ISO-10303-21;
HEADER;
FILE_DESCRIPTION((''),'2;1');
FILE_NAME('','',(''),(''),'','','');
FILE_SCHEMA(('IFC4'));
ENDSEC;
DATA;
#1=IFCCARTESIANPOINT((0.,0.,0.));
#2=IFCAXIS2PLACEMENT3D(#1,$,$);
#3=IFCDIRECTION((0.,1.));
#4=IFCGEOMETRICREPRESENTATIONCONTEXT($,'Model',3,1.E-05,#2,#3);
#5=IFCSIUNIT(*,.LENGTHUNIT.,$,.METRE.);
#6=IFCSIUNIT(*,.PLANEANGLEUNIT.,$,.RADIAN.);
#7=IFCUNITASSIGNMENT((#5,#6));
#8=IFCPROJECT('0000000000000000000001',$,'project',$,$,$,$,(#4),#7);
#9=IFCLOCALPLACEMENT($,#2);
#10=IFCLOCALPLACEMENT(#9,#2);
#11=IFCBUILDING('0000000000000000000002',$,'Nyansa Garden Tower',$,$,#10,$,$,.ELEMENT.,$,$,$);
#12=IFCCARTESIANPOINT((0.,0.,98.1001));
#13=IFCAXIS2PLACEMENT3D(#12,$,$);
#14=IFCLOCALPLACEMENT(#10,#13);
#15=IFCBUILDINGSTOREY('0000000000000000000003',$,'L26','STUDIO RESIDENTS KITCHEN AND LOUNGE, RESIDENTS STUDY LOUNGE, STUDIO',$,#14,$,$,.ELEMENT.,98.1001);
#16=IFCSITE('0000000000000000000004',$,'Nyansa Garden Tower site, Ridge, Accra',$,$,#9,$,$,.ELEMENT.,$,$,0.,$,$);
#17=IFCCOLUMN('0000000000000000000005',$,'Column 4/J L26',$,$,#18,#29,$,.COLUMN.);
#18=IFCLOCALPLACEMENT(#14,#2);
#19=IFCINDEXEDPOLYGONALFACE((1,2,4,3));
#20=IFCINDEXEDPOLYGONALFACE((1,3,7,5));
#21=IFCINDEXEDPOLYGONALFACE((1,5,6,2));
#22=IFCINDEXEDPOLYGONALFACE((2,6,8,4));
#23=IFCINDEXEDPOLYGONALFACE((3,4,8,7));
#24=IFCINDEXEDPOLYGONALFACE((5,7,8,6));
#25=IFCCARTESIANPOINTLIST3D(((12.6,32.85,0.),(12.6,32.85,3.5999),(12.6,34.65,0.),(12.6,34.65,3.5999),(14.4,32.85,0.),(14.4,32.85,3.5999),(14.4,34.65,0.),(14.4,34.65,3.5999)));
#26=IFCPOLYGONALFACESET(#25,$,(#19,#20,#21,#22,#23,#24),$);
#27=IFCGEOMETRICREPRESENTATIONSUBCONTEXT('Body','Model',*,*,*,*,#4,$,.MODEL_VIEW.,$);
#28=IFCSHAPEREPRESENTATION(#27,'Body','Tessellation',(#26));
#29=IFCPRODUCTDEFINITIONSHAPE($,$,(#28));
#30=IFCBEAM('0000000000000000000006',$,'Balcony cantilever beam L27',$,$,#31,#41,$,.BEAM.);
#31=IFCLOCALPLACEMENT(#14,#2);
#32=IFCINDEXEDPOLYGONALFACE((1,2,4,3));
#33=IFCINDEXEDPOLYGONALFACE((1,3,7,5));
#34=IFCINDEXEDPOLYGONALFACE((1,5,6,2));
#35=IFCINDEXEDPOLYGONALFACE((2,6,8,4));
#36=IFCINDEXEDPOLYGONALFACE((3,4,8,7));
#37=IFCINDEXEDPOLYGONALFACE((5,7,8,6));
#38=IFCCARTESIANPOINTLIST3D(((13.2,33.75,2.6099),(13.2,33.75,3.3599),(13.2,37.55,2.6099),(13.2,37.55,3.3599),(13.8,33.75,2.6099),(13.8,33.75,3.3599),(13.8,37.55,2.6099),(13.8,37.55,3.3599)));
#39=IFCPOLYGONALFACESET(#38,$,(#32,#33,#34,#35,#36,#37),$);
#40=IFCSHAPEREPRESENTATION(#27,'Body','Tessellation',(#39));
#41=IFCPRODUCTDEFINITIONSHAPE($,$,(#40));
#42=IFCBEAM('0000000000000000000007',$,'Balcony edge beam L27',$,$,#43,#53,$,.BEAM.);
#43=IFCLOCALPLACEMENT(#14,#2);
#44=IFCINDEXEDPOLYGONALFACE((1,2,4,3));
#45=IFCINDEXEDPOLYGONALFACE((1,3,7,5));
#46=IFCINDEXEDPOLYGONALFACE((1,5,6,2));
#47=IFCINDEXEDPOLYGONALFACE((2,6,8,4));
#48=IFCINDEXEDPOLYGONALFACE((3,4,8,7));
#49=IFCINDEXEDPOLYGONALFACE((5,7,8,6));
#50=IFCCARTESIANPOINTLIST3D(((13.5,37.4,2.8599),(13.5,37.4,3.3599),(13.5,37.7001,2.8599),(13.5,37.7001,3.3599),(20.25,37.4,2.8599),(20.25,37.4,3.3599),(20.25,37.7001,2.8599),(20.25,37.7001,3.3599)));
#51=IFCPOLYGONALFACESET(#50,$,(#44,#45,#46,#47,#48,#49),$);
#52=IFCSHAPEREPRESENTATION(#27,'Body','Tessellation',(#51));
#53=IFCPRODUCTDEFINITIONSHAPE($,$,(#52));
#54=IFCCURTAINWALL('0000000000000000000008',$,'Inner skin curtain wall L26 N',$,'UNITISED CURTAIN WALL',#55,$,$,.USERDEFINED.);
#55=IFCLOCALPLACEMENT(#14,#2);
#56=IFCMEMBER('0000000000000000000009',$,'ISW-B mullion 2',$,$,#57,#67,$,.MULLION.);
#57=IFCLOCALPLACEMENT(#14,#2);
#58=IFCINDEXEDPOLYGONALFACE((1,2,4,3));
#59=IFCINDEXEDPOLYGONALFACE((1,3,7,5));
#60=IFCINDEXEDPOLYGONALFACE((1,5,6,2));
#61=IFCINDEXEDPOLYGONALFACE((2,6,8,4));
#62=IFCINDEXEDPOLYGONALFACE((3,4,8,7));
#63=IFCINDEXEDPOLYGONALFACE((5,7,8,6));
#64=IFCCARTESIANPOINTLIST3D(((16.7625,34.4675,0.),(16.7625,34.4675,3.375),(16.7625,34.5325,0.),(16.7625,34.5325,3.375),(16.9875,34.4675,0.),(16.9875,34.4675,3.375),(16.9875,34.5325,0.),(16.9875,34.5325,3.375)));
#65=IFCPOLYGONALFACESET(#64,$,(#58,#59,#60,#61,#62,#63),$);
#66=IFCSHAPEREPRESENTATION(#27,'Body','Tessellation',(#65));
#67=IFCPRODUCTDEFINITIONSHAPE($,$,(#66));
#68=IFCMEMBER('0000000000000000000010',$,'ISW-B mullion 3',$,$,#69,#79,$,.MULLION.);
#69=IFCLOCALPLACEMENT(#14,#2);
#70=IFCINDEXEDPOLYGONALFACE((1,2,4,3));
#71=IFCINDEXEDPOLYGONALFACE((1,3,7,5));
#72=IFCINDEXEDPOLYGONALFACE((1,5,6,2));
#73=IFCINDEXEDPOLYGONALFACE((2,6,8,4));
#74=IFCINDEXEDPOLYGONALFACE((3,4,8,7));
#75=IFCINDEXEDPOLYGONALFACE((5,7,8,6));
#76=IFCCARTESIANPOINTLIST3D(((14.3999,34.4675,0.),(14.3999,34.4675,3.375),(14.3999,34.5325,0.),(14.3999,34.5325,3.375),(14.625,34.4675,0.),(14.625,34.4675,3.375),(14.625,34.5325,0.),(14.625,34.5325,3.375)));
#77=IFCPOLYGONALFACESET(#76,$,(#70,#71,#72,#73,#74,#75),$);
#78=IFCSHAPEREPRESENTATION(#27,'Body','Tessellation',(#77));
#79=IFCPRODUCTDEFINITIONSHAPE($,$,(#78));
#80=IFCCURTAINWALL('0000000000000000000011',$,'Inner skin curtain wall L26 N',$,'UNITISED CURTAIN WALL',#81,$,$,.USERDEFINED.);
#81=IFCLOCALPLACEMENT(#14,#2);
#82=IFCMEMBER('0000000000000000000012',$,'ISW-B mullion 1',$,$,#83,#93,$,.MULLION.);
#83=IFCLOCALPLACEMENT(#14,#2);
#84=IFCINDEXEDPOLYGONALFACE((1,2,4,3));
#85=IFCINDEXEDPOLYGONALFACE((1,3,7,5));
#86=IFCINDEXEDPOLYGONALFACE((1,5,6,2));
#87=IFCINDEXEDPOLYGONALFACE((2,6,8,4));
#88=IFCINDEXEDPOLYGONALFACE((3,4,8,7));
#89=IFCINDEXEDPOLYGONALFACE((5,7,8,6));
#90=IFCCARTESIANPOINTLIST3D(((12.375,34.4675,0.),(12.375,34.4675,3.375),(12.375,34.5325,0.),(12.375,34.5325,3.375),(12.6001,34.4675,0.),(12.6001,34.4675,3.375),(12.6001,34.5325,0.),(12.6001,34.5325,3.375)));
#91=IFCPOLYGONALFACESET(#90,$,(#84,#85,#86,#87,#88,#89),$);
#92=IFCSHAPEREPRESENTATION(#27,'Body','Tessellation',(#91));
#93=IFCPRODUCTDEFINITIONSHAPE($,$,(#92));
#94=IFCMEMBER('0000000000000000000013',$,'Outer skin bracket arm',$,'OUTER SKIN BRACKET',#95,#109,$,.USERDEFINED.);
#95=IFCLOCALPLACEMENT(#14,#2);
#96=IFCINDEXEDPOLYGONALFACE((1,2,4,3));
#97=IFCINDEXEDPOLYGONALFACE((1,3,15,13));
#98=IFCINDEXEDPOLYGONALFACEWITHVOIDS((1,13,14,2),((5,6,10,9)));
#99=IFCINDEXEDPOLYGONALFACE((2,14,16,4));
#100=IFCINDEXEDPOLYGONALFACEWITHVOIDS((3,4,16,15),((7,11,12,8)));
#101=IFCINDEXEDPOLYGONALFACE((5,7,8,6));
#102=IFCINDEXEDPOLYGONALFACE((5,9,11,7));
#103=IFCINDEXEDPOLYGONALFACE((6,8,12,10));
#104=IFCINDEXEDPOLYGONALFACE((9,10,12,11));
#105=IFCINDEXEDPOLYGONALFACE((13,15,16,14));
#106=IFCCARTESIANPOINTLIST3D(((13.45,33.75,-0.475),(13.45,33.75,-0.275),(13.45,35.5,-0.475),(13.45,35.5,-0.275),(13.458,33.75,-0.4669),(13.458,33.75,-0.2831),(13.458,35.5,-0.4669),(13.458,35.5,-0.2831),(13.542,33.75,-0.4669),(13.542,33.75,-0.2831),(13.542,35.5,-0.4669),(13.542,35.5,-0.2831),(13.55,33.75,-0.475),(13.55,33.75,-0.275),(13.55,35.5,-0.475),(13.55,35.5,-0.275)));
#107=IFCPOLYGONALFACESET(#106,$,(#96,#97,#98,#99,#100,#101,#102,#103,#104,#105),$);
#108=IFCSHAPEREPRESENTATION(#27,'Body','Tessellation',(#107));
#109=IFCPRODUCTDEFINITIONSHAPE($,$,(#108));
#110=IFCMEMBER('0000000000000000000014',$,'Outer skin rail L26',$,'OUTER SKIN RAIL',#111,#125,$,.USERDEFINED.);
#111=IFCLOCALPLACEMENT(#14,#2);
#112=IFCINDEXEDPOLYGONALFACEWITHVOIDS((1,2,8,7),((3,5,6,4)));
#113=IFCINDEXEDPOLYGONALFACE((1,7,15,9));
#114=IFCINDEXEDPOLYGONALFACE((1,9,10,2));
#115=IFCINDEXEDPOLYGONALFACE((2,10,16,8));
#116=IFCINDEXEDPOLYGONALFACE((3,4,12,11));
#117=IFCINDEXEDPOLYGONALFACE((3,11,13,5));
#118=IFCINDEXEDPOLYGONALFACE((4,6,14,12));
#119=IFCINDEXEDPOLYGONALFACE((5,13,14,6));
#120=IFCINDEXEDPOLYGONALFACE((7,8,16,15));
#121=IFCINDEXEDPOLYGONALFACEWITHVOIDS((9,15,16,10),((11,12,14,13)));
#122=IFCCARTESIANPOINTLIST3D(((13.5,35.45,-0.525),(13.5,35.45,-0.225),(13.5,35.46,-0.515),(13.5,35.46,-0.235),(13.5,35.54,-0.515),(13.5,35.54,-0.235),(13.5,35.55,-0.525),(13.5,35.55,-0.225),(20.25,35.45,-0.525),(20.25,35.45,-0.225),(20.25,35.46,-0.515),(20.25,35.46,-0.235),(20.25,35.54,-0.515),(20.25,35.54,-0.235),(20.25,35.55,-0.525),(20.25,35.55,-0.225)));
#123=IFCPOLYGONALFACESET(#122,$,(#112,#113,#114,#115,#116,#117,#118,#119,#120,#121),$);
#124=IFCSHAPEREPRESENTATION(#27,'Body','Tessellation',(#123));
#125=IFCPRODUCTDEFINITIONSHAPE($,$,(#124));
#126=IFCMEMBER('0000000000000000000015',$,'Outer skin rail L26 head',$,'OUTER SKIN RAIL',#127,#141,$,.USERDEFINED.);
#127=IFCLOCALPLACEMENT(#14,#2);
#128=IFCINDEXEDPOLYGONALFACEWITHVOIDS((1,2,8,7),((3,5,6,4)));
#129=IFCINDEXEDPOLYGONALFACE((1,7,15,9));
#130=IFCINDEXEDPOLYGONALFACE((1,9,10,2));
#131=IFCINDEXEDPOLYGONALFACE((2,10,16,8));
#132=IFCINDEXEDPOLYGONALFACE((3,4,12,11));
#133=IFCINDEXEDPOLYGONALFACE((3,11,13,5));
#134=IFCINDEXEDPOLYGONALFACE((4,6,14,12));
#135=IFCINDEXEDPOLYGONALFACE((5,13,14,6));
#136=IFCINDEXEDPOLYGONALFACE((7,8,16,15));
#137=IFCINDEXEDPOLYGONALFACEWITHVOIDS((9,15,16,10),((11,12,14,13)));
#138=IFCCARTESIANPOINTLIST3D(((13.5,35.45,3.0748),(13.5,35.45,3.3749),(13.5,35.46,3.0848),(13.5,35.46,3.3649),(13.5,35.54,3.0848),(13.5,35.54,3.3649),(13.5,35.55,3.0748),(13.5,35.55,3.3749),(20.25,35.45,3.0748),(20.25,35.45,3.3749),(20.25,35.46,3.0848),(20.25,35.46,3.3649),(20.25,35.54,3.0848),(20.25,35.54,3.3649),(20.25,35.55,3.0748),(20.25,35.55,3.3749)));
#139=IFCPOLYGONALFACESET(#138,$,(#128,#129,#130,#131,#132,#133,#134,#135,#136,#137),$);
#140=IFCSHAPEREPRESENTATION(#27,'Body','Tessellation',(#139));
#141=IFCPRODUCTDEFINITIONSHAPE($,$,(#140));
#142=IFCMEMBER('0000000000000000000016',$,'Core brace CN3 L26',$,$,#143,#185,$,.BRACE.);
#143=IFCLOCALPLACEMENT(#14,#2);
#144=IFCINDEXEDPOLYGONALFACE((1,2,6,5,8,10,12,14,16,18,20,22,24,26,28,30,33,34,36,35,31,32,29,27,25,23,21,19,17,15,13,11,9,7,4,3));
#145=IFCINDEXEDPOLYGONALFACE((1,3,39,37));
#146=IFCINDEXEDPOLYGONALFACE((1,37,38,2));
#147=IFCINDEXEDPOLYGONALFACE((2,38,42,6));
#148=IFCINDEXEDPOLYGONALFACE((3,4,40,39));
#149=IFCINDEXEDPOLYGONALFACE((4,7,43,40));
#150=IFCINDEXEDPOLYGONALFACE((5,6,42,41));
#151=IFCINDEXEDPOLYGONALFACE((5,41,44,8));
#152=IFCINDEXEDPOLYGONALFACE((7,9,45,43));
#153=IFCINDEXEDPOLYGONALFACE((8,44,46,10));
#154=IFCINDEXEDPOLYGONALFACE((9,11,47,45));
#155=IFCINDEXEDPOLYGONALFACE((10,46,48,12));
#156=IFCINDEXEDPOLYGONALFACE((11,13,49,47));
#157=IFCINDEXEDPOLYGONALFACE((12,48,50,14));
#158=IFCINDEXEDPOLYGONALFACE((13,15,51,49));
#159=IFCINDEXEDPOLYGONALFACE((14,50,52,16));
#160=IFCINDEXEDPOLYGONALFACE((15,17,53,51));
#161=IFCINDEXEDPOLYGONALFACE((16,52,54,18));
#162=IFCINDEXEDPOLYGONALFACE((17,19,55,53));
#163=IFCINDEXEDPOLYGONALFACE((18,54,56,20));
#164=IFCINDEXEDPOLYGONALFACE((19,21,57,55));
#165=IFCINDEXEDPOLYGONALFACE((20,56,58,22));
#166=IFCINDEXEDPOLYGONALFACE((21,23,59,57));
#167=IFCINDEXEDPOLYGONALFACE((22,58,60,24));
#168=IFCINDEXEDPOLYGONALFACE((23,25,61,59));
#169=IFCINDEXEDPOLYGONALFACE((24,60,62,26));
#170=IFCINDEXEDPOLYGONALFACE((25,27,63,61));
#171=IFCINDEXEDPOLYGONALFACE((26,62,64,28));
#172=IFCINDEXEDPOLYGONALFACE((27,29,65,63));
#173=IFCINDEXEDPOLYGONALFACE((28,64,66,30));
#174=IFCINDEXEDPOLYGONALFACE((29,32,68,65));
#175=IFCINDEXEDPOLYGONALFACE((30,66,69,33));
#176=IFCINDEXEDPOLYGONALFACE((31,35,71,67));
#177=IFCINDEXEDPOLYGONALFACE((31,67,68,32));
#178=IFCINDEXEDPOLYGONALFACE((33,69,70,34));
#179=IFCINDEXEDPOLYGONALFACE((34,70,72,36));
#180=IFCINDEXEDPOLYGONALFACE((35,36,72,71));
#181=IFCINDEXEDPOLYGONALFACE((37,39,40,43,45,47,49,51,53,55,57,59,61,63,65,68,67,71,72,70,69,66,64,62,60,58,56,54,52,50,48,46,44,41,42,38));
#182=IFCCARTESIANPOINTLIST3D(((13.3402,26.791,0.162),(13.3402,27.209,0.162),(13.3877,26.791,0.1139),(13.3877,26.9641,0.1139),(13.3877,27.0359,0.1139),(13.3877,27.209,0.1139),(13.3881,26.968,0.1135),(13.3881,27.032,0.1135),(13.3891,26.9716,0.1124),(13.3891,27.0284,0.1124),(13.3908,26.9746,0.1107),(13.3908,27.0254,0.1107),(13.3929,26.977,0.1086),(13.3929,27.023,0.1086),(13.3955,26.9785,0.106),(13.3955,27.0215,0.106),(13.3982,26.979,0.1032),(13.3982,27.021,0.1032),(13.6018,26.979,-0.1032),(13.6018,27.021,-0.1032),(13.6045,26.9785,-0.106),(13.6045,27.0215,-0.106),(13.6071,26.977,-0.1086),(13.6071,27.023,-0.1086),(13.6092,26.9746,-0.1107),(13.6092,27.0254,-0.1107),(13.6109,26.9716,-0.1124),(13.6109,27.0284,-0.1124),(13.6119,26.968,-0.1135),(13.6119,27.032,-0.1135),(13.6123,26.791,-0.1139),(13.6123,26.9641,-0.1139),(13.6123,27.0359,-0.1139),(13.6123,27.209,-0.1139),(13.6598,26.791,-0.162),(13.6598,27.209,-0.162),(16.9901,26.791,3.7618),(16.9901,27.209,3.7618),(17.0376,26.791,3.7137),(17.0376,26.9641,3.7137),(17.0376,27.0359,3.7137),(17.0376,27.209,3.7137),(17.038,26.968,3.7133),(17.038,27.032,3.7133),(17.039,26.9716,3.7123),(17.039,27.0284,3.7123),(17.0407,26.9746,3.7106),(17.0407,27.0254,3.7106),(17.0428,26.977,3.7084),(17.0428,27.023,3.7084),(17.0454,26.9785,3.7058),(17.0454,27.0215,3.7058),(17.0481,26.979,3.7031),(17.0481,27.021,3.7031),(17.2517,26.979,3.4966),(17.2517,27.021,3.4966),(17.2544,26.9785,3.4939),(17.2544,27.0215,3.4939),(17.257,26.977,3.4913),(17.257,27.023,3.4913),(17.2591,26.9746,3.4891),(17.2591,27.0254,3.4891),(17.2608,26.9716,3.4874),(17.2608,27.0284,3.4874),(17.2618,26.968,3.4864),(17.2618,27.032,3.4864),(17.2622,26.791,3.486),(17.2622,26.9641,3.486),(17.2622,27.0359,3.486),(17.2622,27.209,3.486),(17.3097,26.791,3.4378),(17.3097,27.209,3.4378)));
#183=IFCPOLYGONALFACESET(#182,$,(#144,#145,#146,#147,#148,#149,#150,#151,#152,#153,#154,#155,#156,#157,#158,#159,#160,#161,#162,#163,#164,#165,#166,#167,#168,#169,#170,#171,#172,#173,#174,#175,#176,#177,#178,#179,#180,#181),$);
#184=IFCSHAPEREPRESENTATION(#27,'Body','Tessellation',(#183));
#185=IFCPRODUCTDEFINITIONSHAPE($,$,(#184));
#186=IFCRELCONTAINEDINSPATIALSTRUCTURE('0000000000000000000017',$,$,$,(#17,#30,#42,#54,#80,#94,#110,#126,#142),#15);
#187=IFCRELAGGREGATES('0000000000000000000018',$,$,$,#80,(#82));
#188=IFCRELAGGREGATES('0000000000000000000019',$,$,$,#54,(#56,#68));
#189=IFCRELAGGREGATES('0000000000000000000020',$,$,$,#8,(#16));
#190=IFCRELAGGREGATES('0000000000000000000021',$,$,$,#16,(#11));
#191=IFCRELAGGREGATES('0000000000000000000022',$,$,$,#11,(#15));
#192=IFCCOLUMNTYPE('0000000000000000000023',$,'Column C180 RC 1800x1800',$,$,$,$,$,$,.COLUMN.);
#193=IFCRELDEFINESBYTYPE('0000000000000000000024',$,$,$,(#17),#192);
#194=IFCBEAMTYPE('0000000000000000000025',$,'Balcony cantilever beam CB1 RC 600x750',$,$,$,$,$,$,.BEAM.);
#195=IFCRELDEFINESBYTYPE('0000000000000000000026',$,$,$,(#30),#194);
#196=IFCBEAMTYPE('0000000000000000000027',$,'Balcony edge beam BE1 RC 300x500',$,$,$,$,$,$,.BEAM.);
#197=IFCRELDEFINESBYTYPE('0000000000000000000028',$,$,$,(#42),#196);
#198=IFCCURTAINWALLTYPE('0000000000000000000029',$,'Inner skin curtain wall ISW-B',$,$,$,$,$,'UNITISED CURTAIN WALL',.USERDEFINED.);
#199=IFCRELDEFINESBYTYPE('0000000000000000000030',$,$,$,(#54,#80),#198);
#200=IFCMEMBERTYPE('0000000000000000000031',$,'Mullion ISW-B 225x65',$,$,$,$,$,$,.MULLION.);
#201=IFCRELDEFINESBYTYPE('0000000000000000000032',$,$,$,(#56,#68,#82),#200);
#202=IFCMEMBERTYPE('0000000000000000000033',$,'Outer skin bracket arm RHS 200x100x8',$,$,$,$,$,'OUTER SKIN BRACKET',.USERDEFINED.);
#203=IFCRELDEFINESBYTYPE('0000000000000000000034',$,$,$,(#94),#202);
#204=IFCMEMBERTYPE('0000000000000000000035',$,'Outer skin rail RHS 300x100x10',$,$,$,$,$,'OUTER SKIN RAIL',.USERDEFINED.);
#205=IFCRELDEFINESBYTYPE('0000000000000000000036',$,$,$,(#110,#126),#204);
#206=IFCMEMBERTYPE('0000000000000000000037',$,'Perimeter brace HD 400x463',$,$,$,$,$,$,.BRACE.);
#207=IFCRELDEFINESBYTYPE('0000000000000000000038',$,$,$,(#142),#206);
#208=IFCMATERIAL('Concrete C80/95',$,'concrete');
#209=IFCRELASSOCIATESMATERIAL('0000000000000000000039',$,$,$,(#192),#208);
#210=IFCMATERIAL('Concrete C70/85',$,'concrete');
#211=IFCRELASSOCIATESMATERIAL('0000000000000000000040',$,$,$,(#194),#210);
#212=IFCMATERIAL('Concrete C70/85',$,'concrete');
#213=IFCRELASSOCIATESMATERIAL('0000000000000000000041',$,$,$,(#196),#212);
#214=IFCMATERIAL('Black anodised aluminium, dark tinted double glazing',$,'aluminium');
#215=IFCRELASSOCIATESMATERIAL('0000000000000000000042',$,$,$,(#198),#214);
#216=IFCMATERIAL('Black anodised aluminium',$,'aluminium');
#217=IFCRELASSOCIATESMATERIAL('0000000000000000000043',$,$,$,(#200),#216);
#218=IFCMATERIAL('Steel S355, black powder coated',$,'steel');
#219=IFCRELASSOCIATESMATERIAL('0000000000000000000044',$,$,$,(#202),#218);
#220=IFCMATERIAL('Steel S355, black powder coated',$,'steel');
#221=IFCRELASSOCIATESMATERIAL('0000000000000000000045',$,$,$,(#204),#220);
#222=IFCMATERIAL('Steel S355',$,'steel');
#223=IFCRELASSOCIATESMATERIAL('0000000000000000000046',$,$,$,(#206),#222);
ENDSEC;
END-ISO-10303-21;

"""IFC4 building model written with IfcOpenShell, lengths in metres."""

from ifc_helpers import new_model, si_unit, direction, frame, origin, origin_2d, place, context, subcontext, project, spatial, rectangle, hollow_rectangle, i_section, extrude, material, material_profile, profile_set, type_object, element, aggregate, save


model = new_model("IFC4")

# Units and contexts
model_context = context("Model", 3, precision=1e-05, world=origin(), true_north=direction((0.0, 1.0)))
body_context = subcontext(model_context, "Body", "Model", "MODEL_VIEW")
ifc_project = project(units=[si_unit("LENGTHUNIT", "METRE"), si_unit("PLANEANGLEUNIT", "RADIAN")], contexts=[model_context])

# Site, building, storey
site_placement = place(None, origin())
site = spatial("IfcSite", under=ifc_project, at=site_placement, Name="Nyansa Garden Tower site, Ridge, Accra", CompositionType="ELEMENT", RefElevation=0.0)
building_placement = place(site_placement, origin())
building = spatial("IfcBuilding", under=site, at=building_placement, Name="Nyansa Garden Tower", CompositionType="ELEMENT")
storey_placement = place(building_placement, frame((0.0, 0.0, 98.1001)))
storey = spatial("IfcBuildingStorey", under=building, at=storey_placement, Name="L26", Description="STUDIO RESIDENTS KITCHEN AND LOUNGE, RESIDENTS STUDY LOUNGE, STUDIO", CompositionType="ELEMENT", Elevation=98.1001)

# Column
ifc_material_1 = material(Name="Concrete C80/95", Category="concrete")
ifc_material_profile_1 = material_profile(ifc_material_1, rectangle(XDim=1.8, YDim=1.8, at=origin_2d()), Name="RC 1800x1800")
ifc_profile_set_1 = profile_set([ifc_material_profile_1], Name="Concrete C80/95")
column_type = type_object("IfcColumnType", Name="Column C180 RC 1800x1800", PredefinedType="COLUMN", material=ifc_profile_set_1)
column_placement = place(storey_placement, frame((13.5, 33.75, 0.0), z_axis=(0.0, 0.0, 1.0), x_axis=(1.0, 0.0, 0.0)))
element("IfcColumn", 1, at=column_placement, inside=storey, type_object=column_type, Name="Column 4/J L26", PredefinedType="COLUMN", context=body_context, shape_type="SweptSolid", body=[
    extrude(rectangle(XDim=1.8, YDim=1.8, at=origin_2d()), origin(), (0.0, 0.0, 1.0), 3.5999),
])

# Beams
ifc_material_2 = material(Name="Concrete C70/85", Category="concrete")
ifc_material_profile_2 = material_profile(ifc_material_2, rectangle(XDim=0.6001, YDim=0.75, at=origin_2d()), Name="RC 600x750")
ifc_profile_set_2 = profile_set([ifc_material_profile_2], Name="Concrete C70/85")
beam_type_1 = type_object("IfcBeamType", Name="Balcony cantilever beam CB1 RC 600x750", PredefinedType="BEAM", material=ifc_profile_set_2)
beam_1_placement = place(storey_placement, frame((13.5, 33.75, 2.9849), z_axis=(0.0, 1.0, 0.0), x_axis=(-1.0, 0.0, 0.0)))
element("IfcBeam", 2, at=beam_1_placement, inside=storey, type_object=beam_type_1, Name="Balcony cantilever beam L27", PredefinedType="BEAM", context=body_context, shape_type="SweptSolid", body=[
    extrude(rectangle(XDim=0.6001, YDim=0.75, at=origin_2d()), origin(), (0.0, 0.0, 1.0), 3.8),
])
ifc_material_3 = material(Name="Concrete C70/85", Category="concrete")
ifc_material_profile_3 = material_profile(ifc_material_3, rectangle(XDim=0.3, YDim=0.5, at=origin_2d()), Name="RC 300x500")
ifc_profile_set_3 = profile_set([ifc_material_profile_3], Name="Concrete C70/85")
beam_type_2 = type_object("IfcBeamType", Name="Balcony edge beam BE1 RC 300x500", PredefinedType="BEAM", material=ifc_profile_set_3)
beam_2_placement = place(storey_placement, frame((13.5, 37.55, 3.1099), z_axis=(1.0, 0.0, 0.0), x_axis=(0.0, 1.0, 0.0)))
element("IfcBeam", 3, at=beam_2_placement, inside=storey, type_object=beam_type_2, Name="Balcony edge beam L27", PredefinedType="BEAM", context=body_context, shape_type="SweptSolid", body=[
    extrude(rectangle(XDim=0.3, YDim=0.5, at=origin_2d()), origin(), (0.0, 0.0, 1.0), 6.75),
])

# Curtain wall, members
ifc_material_4 = material(Name="Black anodised aluminium, dark tinted double glazing", Category="aluminium")
curtain_wall_type = type_object("IfcCurtainWallType", Name="Inner skin curtain wall ISW-B", ElementType="UNITISED CURTAIN WALL", PredefinedType="USERDEFINED", material=ifc_material_4)
curtain_wall_1_placement = place(storey_placement, origin())
curtain_wall_1 = element("IfcCurtainWall", 4, at=curtain_wall_1_placement, inside=storey, type_object=curtain_wall_type, Name="Inner skin curtain wall L26 N", ObjectType="UNITISED CURTAIN WALL", PredefinedType="USERDEFINED")
ifc_material_5 = material(Name="Black anodised aluminium", Category="aluminium")
ifc_material_profile_4 = material_profile(ifc_material_5, rectangle(XDim=0.0649, YDim=0.2251, at=origin_2d()), Name="Mullion 225x65")
ifc_profile_set_4 = profile_set([ifc_material_profile_4], Name="Black anodised aluminium")
member_type_1 = type_object("IfcMemberType", Name="Mullion ISW-B 225x65", PredefinedType="MULLION", material=ifc_profile_set_4)
member_1_placement = place(storey_placement, frame((16.875, 34.5, 0.0), z_axis=(0.0, 0.0, 1.0), x_axis=(0.0, -1.0, 0.0)))
member_1 = element("IfcMember", 5, at=member_1_placement, type_object=member_type_1, Name="ISW-B mullion 2", PredefinedType="MULLION", context=body_context, shape_type="SweptSolid", body=[
    extrude(rectangle(XDim=0.0649, YDim=0.2251, at=origin_2d()), origin(), (0.0, 0.0, 1.0), 3.375),
])
member_2_placement = place(storey_placement, frame((14.5125, 34.5, 0.0), z_axis=(0.0, 0.0, 1.0), x_axis=(0.0, -1.0, 0.0)))
member_2 = element("IfcMember", 6, at=member_2_placement, type_object=member_type_1, Name="ISW-B mullion 3", PredefinedType="MULLION", context=body_context, shape_type="SweptSolid", body=[
    extrude(rectangle(XDim=0.0649, YDim=0.2251, at=origin_2d()), origin(), (0.0, 0.0, 1.0), 3.375),
])

# Curtain wall, member
curtain_wall_2_placement = place(storey_placement, origin())
curtain_wall_2 = element("IfcCurtainWall", 7, at=curtain_wall_2_placement, inside=storey, type_object=curtain_wall_type, Name="Inner skin curtain wall L26 N", ObjectType="UNITISED CURTAIN WALL", PredefinedType="USERDEFINED")
member_3_placement = place(storey_placement, frame((12.4875, 34.5, 0.0), z_axis=(0.0, 0.0, 1.0), x_axis=(0.0, -1.0, 0.0)))
member_3 = element("IfcMember", 8, at=member_3_placement, type_object=member_type_1, Name="ISW-B mullion 1", PredefinedType="MULLION", context=body_context, shape_type="SweptSolid", body=[
    extrude(rectangle(XDim=0.0649, YDim=0.2251, at=origin_2d()), origin(), (0.0, 0.0, 1.0), 3.375),
])

# Members
ifc_material_6 = material(Name="Steel S355, black powder coated", Category="steel")
ifc_material_profile_5 = material_profile(ifc_material_6, hollow_rectangle(XDim=0.1001, YDim=0.2, WallThickness=0.0081, at=origin_2d()), Name="RHS 200x100x8")
ifc_profile_set_5 = profile_set([ifc_material_profile_5], Name="Steel S355, black powder coated")
member_type_2 = type_object("IfcMemberType", Name="Outer skin bracket arm RHS 200x100x8", ElementType="OUTER SKIN BRACKET", PredefinedType="USERDEFINED", material=ifc_profile_set_5)
member_4_placement = place(storey_placement, frame((13.5, 33.75, -0.375), z_axis=(0.0, 1.0, 0.0), x_axis=(-1.0, 0.0, 0.0)))
element("IfcMember", 9, at=member_4_placement, inside=storey, type_object=member_type_2, Name="Outer skin bracket arm", ObjectType="OUTER SKIN BRACKET", PredefinedType="USERDEFINED", context=body_context, shape_type="SweptSolid", body=[
    extrude(hollow_rectangle(XDim=0.1001, YDim=0.2, WallThickness=0.0081, at=origin_2d()), origin(), (0.0, 0.0, 1.0), 1.75),
])
ifc_material_7 = material(Name="Steel S355, black powder coated", Category="steel")
ifc_material_profile_6 = material_profile(ifc_material_7, hollow_rectangle(XDim=0.1001, YDim=0.3, WallThickness=0.01, at=origin_2d()), Name="RHS 300x100x10")
ifc_profile_set_6 = profile_set([ifc_material_profile_6], Name="Steel S355, black powder coated")
member_type_3 = type_object("IfcMemberType", Name="Outer skin rail RHS 300x100x10", ElementType="OUTER SKIN RAIL", PredefinedType="USERDEFINED", material=ifc_profile_set_6)
for number, where, z_axis, x_axis, name in (
    (10, (13.5, 35.5, -0.375), (1.0, 0.0, 0.0), (0.0, 1.0, 0.0), "Outer skin rail L26"),
    (11, (13.5, 35.5, 3.2249), (1.0, 0.0, 0.0), (0.0, 1.0, 0.0), "Outer skin rail L26 head"),
):
    element("IfcMember", number, at=place(storey_placement, frame(where, z_axis=z_axis, x_axis=x_axis)), inside=storey, type_object=member_type_3, Name=name, ObjectType="OUTER SKIN RAIL", PredefinedType="USERDEFINED", context=body_context, shape_type="SweptSolid", body=[
        extrude(hollow_rectangle(XDim=0.1001, YDim=0.3, WallThickness=0.01, at=origin_2d()), origin(), (0.0, 0.0, 1.0), 6.75),
    ])
ifc_material_8 = material(Name="Steel S355", Category="steel")
ifc_material_profile_7 = material_profile(ifc_material_8, i_section(OverallWidth=0.418, OverallDepth=0.4551, WebThickness=0.042, FlangeThickness=0.0676, FilletRadius=0.0149, at=origin_2d()), Name="HD 400x463")
ifc_profile_set_7 = profile_set([ifc_material_profile_7], Name="Steel S355")
member_type_4 = type_object("IfcMemberType", Name="Perimeter brace HD 400x463", PredefinedType="BRACE", material=ifc_profile_set_7)
member_5_placement = place(storey_placement, frame((13.5, 27.0, 0.0), z_axis=(0.711971, 0.0, 0.702209), x_axis=(0.0, 1.0, 0.0)))
element("IfcMember", 12, at=member_5_placement, inside=storey, type_object=member_type_4, Name="Core brace CN3 L26", PredefinedType="BRACE", context=body_context, shape_type="SweptSolid", body=[
    extrude(i_section(OverallWidth=0.418, OverallDepth=0.4551, WebThickness=0.042, FlangeThickness=0.0676, FilletRadius=0.0149, at=origin_2d()), origin(), (0.0, 0.0, 1.0), 5.1265),
])

aggregate(curtain_wall_2, [member_3])

aggregate(curtain_wall_1, [member_1, member_2])

save(model, "model.ifc")
